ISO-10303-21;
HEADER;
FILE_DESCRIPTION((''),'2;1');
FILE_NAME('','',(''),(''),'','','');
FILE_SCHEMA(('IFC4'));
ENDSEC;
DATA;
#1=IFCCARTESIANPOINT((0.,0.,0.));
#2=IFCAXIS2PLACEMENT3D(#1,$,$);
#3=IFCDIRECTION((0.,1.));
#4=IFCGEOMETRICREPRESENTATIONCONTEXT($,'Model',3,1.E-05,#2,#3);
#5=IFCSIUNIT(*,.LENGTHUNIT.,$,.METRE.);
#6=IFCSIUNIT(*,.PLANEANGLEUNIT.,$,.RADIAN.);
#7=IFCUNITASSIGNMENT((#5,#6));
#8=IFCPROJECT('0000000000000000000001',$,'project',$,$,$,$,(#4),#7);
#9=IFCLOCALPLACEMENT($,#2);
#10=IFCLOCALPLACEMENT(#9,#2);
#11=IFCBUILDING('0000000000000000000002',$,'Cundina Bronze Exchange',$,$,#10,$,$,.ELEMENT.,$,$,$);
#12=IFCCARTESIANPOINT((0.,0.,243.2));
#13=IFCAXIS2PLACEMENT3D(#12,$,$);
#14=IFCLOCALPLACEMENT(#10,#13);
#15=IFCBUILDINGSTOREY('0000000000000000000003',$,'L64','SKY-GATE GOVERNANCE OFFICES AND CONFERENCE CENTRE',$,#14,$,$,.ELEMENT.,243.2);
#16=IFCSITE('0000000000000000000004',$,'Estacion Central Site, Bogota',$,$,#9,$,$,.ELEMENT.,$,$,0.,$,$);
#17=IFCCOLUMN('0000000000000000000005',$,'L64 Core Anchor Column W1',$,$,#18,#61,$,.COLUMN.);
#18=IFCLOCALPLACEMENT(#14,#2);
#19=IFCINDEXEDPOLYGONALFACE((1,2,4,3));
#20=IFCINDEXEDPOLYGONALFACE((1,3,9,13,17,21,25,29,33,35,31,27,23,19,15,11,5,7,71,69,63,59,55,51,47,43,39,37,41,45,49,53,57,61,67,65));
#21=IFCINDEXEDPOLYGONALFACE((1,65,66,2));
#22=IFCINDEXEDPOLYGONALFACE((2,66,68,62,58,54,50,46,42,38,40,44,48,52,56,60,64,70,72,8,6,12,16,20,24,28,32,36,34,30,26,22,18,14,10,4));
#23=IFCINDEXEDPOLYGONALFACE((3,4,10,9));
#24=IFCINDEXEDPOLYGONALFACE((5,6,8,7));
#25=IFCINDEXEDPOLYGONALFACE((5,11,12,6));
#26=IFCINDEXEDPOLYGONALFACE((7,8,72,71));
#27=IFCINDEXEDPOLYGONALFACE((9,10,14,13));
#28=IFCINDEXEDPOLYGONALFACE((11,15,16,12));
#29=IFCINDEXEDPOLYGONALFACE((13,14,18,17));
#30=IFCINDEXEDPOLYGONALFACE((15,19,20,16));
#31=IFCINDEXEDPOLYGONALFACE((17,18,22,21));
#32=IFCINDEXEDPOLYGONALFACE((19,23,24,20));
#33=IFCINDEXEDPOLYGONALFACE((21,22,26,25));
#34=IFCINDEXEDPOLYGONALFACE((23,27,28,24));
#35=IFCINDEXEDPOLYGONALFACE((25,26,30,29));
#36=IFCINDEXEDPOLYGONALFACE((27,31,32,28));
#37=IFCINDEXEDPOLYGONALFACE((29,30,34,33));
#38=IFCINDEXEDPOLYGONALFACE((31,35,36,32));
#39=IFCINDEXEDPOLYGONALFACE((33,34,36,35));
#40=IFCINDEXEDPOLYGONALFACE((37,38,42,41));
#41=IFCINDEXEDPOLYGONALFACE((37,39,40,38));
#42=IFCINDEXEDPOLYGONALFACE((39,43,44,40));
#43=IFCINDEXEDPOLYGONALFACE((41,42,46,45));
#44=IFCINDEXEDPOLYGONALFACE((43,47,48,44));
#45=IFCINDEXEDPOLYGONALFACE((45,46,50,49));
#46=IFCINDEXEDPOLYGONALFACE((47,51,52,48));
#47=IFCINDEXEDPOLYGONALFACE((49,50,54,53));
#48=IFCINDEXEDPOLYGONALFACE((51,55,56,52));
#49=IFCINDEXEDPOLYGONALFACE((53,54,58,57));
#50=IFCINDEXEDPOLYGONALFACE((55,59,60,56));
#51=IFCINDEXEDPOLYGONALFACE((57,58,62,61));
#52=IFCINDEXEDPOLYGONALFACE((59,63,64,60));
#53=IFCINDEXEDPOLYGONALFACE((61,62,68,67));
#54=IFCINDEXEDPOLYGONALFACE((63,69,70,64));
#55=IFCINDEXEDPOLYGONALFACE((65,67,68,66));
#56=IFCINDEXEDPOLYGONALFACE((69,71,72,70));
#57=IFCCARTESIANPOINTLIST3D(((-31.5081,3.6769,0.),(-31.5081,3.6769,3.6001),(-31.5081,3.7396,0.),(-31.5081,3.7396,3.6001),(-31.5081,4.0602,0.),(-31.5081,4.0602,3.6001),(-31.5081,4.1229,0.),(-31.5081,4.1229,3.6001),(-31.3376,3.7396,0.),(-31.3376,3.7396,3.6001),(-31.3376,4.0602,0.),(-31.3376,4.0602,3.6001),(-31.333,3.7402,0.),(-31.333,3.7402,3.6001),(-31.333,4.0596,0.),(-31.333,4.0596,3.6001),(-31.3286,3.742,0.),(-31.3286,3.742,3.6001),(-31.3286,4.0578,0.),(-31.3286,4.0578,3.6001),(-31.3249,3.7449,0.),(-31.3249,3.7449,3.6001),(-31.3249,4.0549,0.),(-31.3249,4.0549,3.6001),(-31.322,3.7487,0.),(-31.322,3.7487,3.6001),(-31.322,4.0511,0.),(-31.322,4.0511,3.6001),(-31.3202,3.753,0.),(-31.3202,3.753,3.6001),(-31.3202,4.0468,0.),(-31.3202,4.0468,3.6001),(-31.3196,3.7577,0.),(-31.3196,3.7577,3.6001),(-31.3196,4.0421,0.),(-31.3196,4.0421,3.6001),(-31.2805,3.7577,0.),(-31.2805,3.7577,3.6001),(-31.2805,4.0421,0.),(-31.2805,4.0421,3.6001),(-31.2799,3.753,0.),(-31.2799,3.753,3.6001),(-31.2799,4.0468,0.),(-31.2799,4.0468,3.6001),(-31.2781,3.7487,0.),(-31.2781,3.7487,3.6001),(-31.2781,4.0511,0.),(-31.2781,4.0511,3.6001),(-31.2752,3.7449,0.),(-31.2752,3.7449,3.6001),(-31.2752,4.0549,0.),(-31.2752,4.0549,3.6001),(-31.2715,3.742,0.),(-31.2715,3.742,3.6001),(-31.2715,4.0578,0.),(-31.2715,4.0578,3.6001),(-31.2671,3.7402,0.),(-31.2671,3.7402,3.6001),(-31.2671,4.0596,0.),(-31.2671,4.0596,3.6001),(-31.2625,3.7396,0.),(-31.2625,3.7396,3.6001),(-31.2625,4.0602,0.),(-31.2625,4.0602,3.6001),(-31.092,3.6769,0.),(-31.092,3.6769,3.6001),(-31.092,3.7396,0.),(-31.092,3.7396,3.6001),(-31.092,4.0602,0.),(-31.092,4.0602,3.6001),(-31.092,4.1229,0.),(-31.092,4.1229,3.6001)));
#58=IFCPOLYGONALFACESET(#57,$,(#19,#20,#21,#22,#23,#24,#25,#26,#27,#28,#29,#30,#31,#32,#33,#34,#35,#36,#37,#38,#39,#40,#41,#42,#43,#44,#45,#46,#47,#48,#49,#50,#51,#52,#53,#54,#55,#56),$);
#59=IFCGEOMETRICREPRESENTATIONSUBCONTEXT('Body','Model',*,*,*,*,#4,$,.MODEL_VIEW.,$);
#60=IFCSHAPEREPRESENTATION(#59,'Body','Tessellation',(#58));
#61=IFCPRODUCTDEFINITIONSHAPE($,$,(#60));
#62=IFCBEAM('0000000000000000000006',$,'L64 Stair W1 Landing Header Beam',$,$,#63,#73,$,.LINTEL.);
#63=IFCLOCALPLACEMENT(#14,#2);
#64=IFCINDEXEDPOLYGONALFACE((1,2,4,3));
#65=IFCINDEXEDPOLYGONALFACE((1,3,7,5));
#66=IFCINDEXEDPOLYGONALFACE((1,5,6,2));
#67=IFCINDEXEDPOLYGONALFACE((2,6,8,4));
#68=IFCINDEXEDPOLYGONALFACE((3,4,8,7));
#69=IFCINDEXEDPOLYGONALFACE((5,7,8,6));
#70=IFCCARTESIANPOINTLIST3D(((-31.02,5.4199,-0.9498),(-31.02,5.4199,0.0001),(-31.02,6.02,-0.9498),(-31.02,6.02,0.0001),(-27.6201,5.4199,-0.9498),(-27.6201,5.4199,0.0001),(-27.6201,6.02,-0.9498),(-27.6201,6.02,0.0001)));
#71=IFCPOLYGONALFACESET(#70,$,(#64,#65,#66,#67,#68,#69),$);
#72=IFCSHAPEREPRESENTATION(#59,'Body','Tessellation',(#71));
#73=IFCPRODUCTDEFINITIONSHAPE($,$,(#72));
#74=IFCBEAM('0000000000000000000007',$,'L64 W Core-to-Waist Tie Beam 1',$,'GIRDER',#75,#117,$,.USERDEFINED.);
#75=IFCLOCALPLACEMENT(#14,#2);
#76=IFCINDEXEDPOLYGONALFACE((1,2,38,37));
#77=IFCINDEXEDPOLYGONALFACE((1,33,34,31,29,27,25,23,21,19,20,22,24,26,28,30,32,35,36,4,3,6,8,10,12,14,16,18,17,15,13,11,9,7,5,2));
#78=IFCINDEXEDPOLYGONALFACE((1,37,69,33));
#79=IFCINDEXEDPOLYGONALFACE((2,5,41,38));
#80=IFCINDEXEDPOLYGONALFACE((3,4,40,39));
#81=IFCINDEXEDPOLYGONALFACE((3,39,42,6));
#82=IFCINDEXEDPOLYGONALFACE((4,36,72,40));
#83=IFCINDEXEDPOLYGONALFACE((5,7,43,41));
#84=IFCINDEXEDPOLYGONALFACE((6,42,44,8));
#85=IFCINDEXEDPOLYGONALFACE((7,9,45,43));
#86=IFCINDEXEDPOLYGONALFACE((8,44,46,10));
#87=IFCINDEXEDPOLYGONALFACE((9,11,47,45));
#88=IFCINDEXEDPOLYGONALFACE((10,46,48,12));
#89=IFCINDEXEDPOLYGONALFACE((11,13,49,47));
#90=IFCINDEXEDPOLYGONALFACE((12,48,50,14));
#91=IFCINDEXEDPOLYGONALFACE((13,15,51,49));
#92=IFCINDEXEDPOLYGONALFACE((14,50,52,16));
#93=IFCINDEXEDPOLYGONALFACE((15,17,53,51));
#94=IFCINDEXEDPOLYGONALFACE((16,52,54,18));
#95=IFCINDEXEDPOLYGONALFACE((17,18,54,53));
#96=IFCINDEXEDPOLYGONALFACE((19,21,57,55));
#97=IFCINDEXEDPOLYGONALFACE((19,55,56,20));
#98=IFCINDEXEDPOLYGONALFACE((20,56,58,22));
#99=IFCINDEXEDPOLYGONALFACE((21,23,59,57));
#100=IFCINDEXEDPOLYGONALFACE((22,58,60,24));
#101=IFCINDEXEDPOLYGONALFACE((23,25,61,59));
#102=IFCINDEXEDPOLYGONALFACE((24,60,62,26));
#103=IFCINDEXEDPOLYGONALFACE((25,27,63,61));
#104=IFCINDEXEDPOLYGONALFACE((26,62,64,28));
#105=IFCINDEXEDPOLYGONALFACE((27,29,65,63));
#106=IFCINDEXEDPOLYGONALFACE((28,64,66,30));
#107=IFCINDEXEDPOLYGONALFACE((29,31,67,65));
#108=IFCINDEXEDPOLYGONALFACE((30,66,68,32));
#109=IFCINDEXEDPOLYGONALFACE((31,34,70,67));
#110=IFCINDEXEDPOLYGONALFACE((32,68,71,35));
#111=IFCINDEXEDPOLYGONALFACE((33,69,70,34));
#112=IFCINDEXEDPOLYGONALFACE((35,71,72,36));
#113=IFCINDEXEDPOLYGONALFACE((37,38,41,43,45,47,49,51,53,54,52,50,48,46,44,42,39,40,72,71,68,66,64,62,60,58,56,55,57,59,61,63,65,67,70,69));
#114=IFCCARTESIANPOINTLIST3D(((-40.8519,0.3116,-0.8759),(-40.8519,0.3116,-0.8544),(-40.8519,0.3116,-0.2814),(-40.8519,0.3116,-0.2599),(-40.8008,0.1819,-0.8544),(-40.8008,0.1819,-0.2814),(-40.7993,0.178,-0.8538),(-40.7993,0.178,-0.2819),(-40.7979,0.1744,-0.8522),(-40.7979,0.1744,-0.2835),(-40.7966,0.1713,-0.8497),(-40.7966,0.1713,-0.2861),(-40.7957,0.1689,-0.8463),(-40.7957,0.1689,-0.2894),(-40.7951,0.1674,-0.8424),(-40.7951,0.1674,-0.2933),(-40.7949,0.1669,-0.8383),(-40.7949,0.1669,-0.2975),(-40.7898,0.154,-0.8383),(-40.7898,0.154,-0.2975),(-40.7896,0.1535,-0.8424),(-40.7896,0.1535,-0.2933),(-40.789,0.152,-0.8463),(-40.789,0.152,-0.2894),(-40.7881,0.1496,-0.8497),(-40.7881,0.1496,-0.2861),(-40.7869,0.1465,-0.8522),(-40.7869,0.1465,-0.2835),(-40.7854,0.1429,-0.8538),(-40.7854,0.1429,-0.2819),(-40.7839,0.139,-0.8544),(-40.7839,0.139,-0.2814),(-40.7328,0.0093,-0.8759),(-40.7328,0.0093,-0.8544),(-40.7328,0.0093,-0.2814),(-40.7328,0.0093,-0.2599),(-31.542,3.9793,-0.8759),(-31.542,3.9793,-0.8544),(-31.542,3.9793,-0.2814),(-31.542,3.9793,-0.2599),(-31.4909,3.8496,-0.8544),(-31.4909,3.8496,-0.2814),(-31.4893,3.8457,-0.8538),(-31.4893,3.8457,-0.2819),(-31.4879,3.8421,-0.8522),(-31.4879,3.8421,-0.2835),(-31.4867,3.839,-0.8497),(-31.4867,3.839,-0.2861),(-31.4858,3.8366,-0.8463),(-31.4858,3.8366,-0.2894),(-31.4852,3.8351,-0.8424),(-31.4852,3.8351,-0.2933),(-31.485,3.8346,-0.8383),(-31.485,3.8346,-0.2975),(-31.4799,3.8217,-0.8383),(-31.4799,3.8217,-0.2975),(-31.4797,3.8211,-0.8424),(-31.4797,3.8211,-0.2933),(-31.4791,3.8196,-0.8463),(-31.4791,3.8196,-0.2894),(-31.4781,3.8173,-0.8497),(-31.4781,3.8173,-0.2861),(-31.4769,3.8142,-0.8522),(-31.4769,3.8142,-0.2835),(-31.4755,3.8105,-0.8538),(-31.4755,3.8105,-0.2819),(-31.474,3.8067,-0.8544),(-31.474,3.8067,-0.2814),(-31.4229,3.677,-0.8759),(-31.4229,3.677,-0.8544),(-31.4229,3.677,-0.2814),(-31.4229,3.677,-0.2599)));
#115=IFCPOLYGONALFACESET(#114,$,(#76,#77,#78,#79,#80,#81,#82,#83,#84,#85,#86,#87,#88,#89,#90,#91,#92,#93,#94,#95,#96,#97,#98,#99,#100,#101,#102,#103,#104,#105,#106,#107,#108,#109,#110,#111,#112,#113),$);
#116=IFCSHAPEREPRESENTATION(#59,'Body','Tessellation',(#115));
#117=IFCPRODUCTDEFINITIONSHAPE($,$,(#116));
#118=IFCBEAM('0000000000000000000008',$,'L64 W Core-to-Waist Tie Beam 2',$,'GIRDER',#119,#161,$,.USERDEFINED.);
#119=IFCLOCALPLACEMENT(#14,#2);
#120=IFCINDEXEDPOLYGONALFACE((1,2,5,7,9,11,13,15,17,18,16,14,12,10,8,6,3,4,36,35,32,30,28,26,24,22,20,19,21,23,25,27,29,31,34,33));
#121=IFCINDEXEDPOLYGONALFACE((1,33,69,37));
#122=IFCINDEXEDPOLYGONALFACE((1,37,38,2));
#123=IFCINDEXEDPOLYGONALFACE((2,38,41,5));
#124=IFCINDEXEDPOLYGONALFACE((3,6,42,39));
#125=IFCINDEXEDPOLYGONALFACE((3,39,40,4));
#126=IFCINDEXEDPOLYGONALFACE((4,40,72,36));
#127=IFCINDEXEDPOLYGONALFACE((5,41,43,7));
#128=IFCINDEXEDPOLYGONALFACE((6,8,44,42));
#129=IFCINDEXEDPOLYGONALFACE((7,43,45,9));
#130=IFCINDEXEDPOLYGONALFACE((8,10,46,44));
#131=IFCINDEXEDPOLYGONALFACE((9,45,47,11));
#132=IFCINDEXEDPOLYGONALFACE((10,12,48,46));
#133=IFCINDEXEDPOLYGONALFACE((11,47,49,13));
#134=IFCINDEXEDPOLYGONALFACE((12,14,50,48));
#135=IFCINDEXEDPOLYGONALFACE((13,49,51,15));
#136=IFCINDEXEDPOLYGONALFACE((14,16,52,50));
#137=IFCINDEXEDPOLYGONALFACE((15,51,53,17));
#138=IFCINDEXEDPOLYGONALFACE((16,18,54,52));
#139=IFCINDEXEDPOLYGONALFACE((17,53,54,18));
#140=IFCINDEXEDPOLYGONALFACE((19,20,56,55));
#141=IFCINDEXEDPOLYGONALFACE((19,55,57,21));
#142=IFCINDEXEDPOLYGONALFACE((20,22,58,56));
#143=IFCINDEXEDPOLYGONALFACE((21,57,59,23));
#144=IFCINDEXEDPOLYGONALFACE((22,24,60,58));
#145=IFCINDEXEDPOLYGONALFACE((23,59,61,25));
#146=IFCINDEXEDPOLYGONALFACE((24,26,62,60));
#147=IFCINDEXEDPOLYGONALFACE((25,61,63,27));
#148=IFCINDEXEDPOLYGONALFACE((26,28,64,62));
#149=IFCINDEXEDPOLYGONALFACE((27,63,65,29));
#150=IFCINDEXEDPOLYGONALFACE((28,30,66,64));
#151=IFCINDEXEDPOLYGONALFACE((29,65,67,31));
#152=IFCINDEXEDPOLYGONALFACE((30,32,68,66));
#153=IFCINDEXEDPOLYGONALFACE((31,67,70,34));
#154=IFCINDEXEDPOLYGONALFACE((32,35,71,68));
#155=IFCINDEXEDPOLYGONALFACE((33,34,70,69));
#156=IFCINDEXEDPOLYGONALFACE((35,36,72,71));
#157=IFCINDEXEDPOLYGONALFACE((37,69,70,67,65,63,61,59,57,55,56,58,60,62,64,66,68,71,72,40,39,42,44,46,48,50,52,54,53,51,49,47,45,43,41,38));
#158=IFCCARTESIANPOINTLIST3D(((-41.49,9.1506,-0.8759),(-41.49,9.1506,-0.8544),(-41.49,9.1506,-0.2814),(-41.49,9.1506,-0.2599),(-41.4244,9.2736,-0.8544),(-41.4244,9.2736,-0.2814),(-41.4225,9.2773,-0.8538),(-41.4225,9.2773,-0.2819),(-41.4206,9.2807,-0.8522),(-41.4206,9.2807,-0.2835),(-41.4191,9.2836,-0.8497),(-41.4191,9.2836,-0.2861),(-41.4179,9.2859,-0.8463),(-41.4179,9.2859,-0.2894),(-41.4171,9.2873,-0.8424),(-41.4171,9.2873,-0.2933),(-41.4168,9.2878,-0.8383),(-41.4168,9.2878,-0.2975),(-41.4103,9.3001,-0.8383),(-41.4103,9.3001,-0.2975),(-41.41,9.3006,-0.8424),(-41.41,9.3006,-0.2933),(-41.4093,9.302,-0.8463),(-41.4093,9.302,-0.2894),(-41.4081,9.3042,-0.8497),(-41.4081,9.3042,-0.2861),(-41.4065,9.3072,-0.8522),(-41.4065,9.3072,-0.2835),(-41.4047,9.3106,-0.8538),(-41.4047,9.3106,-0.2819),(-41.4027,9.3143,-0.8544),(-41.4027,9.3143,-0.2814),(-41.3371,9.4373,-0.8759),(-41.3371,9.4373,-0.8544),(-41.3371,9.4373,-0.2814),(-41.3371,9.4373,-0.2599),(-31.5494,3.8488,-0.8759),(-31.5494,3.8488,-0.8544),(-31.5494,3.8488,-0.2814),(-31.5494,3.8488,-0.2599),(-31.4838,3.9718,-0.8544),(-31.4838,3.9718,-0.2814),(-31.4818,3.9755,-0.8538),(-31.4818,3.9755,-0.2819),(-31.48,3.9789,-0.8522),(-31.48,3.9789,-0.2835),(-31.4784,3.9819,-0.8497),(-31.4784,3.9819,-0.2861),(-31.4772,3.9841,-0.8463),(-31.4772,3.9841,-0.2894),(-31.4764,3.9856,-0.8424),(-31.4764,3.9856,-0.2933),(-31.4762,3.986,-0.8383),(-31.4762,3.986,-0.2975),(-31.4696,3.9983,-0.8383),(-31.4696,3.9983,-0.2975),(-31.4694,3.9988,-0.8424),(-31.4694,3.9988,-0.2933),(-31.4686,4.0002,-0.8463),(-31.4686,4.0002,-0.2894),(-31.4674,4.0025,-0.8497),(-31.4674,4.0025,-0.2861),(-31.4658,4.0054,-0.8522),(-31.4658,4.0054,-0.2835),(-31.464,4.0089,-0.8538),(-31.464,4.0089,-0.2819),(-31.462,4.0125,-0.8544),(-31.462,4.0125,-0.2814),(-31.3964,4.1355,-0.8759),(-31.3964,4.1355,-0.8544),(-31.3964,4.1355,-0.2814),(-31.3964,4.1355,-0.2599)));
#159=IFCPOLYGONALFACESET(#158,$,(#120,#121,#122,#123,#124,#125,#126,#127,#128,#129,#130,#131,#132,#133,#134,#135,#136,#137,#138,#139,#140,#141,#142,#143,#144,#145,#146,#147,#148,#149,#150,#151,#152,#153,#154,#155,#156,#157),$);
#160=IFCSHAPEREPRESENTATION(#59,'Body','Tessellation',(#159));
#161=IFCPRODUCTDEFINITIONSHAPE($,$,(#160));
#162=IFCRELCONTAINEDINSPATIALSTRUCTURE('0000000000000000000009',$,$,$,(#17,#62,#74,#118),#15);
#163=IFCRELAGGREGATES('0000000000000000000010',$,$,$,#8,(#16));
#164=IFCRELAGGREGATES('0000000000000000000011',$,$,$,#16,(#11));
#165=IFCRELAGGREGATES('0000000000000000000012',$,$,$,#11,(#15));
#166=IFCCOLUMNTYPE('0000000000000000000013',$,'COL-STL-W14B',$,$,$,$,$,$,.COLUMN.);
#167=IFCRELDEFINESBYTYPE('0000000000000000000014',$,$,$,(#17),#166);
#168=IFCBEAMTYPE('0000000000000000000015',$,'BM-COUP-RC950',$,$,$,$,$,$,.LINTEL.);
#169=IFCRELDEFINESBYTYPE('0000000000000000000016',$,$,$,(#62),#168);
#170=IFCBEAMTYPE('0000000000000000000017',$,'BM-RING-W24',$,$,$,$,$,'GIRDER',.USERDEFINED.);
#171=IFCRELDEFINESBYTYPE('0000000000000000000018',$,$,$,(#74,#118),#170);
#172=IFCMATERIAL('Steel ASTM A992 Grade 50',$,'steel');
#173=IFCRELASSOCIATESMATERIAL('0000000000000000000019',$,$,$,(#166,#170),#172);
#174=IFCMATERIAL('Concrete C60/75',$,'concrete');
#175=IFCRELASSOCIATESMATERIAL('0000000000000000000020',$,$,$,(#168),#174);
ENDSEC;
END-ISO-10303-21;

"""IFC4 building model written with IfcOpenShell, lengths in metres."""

from ifc_helpers import new_model, si_unit, direction, frame, origin, origin_2d, place, context, subcontext, project, spatial, rectangle, i_section, extrude, material, material_profile, profile_set, type_object, element, save


model = new_model("IFC4")

# Units and contexts
model_context = context("Model", 3, precision=1e-05, world=origin(), true_north=direction((0.0, 1.0)))
body_context = subcontext(model_context, "Body", "Model", "MODEL_VIEW")
ifc_project = project(units=[si_unit("LENGTHUNIT", "METRE"), si_unit("PLANEANGLEUNIT", "RADIAN")], contexts=[model_context])

# Site, building, storey
site_placement = place(None, origin())
site = spatial("IfcSite", under=ifc_project, at=site_placement, Name="Estacion Central Site, Bogota", CompositionType="ELEMENT", RefElevation=0.0)
building_placement = place(site_placement, origin())
building = spatial("IfcBuilding", under=site, at=building_placement, Name="Cundina Bronze Exchange", CompositionType="ELEMENT")
storey_placement = place(building_placement, frame((0.0, 0.0, 243.2)))
storey = spatial("IfcBuildingStorey", under=building, at=storey_placement, Name="L64", Description="SKY-GATE GOVERNANCE OFFICES AND CONFERENCE CENTRE", CompositionType="ELEMENT", Elevation=243.2)

# Column
ifc_material_1 = material(Name="Steel ASTM A992 Grade 50", Category="steel")
ifc_material_profile_1 = material_profile(ifc_material_1, i_section(OverallWidth=0.416, OverallDepth=0.446, WebThickness=0.0391, FlangeThickness=0.0627, FilletRadius=0.0181, at=origin_2d()), Name="W14X342", Category="steel")
ifc_profile_set_1 = profile_set([ifc_material_profile_1], Name="Steel ASTM A992 Grade 50")
column_type = type_object("IfcColumnType", Name="COL-STL-W14B", PredefinedType="COLUMN", material=ifc_profile_set_1)
column_placement = place(storey_placement, frame((-31.3, 3.8999, 0.0), z_axis=(0.0, 0.0, 1.0), x_axis=(1.0, 0.0, 0.0)))
element("IfcColumn", 1, at=column_placement, inside=storey, type_object=column_type, Name="L64 Core Anchor Column W1", PredefinedType="COLUMN", context=body_context, shape_type="SweptSolid", body=[
    extrude(i_section(OverallWidth=0.416, OverallDepth=0.446, WebThickness=0.0391, FlangeThickness=0.0627, FilletRadius=0.0181, at=origin_2d()), origin(), (0.0, 0.0, 1.0), 3.6001),
])

# Beams
ifc_material_2 = material(Name="Concrete C60/75", Category="concrete")
ifc_material_profile_2 = material_profile(ifc_material_2, rectangle(XDim=0.6001, YDim=0.95, at=origin_2d()), Name="RC600X950", Category="concrete")
ifc_profile_set_2 = profile_set([ifc_material_profile_2], Name="Concrete C60/75")
beam_type_1 = type_object("IfcBeamType", Name="BM-COUP-RC950", PredefinedType="LINTEL", material=ifc_profile_set_2)
beam_1_placement = place(storey_placement, frame((-31.02, 5.72, -0.4749), z_axis=(1.0, 0.0, 0.0), x_axis=(0.0, 1.0, 0.0)))
element("IfcBeam", 2, at=beam_1_placement, inside=storey, type_object=beam_type_1, Name="L64 Stair W1 Landing Header Beam", PredefinedType="LINTEL", context=body_context, shape_type="SweptSolid", body=[
    extrude(rectangle(XDim=0.6001, YDim=0.95, at=origin_2d()), origin(), (0.0, 0.0, 1.0), 3.3999),
])
ifc_material_profile_3 = material_profile(ifc_material_1, i_section(OverallWidth=0.325, OverallDepth=0.616, WebThickness=0.0139, FlangeThickness=0.0215, FilletRadius=0.0161, at=origin_2d()), Name="W24X117", Category="steel")
ifc_profile_set_3 = profile_set([ifc_material_profile_3], Name="Steel ASTM A992 Grade 50")
beam_type_2 = type_object("IfcBeamType", Name="BM-RING-W24", ElementType="GIRDER", PredefinedType="USERDEFINED", material=ifc_profile_set_3)
beam_2_placement = place(storey_placement, frame((-31.4824, 3.8281, -0.5679), z_axis=(-0.930404, -0.366535, 0.0), x_axis=(0.366535, -0.930404, 0.0)))
element("IfcBeam", 3, at=beam_2_placement, inside=storey, type_object=beam_type_2, Name="L64 W Core-to-Waist Tie Beam 1", ObjectType="GIRDER", PredefinedType="USERDEFINED", context=body_context, shape_type="SweptSolid", body=[
    extrude(i_section(OverallWidth=0.325, OverallDepth=0.616, WebThickness=0.0139, FlangeThickness=0.0215, FilletRadius=0.0161, at=origin_2d()), origin(), (0.0, 0.0, 1.0), 10.0063),
])
beam_3_placement = place(storey_placement, frame((-31.4729, 3.9922, -0.5679), z_axis=(-0.882351, 0.470593, 0.0), x_axis=(-0.470593, -0.882351, 0.0)))
element("IfcBeam", 4, at=beam_3_placement, inside=storey, type_object=beam_type_2, Name="L64 W Core-to-Waist Tie Beam 2", ObjectType="GIRDER", PredefinedType="USERDEFINED", context=body_context, shape_type="SweptSolid", body=[
    extrude(i_section(OverallWidth=0.325, OverallDepth=0.616, WebThickness=0.0139, FlangeThickness=0.0215, FilletRadius=0.0161, at=origin_2d()), origin(), (0.0, 0.0, 1.0), 11.2661),
])

save(model, "model.ifc")
